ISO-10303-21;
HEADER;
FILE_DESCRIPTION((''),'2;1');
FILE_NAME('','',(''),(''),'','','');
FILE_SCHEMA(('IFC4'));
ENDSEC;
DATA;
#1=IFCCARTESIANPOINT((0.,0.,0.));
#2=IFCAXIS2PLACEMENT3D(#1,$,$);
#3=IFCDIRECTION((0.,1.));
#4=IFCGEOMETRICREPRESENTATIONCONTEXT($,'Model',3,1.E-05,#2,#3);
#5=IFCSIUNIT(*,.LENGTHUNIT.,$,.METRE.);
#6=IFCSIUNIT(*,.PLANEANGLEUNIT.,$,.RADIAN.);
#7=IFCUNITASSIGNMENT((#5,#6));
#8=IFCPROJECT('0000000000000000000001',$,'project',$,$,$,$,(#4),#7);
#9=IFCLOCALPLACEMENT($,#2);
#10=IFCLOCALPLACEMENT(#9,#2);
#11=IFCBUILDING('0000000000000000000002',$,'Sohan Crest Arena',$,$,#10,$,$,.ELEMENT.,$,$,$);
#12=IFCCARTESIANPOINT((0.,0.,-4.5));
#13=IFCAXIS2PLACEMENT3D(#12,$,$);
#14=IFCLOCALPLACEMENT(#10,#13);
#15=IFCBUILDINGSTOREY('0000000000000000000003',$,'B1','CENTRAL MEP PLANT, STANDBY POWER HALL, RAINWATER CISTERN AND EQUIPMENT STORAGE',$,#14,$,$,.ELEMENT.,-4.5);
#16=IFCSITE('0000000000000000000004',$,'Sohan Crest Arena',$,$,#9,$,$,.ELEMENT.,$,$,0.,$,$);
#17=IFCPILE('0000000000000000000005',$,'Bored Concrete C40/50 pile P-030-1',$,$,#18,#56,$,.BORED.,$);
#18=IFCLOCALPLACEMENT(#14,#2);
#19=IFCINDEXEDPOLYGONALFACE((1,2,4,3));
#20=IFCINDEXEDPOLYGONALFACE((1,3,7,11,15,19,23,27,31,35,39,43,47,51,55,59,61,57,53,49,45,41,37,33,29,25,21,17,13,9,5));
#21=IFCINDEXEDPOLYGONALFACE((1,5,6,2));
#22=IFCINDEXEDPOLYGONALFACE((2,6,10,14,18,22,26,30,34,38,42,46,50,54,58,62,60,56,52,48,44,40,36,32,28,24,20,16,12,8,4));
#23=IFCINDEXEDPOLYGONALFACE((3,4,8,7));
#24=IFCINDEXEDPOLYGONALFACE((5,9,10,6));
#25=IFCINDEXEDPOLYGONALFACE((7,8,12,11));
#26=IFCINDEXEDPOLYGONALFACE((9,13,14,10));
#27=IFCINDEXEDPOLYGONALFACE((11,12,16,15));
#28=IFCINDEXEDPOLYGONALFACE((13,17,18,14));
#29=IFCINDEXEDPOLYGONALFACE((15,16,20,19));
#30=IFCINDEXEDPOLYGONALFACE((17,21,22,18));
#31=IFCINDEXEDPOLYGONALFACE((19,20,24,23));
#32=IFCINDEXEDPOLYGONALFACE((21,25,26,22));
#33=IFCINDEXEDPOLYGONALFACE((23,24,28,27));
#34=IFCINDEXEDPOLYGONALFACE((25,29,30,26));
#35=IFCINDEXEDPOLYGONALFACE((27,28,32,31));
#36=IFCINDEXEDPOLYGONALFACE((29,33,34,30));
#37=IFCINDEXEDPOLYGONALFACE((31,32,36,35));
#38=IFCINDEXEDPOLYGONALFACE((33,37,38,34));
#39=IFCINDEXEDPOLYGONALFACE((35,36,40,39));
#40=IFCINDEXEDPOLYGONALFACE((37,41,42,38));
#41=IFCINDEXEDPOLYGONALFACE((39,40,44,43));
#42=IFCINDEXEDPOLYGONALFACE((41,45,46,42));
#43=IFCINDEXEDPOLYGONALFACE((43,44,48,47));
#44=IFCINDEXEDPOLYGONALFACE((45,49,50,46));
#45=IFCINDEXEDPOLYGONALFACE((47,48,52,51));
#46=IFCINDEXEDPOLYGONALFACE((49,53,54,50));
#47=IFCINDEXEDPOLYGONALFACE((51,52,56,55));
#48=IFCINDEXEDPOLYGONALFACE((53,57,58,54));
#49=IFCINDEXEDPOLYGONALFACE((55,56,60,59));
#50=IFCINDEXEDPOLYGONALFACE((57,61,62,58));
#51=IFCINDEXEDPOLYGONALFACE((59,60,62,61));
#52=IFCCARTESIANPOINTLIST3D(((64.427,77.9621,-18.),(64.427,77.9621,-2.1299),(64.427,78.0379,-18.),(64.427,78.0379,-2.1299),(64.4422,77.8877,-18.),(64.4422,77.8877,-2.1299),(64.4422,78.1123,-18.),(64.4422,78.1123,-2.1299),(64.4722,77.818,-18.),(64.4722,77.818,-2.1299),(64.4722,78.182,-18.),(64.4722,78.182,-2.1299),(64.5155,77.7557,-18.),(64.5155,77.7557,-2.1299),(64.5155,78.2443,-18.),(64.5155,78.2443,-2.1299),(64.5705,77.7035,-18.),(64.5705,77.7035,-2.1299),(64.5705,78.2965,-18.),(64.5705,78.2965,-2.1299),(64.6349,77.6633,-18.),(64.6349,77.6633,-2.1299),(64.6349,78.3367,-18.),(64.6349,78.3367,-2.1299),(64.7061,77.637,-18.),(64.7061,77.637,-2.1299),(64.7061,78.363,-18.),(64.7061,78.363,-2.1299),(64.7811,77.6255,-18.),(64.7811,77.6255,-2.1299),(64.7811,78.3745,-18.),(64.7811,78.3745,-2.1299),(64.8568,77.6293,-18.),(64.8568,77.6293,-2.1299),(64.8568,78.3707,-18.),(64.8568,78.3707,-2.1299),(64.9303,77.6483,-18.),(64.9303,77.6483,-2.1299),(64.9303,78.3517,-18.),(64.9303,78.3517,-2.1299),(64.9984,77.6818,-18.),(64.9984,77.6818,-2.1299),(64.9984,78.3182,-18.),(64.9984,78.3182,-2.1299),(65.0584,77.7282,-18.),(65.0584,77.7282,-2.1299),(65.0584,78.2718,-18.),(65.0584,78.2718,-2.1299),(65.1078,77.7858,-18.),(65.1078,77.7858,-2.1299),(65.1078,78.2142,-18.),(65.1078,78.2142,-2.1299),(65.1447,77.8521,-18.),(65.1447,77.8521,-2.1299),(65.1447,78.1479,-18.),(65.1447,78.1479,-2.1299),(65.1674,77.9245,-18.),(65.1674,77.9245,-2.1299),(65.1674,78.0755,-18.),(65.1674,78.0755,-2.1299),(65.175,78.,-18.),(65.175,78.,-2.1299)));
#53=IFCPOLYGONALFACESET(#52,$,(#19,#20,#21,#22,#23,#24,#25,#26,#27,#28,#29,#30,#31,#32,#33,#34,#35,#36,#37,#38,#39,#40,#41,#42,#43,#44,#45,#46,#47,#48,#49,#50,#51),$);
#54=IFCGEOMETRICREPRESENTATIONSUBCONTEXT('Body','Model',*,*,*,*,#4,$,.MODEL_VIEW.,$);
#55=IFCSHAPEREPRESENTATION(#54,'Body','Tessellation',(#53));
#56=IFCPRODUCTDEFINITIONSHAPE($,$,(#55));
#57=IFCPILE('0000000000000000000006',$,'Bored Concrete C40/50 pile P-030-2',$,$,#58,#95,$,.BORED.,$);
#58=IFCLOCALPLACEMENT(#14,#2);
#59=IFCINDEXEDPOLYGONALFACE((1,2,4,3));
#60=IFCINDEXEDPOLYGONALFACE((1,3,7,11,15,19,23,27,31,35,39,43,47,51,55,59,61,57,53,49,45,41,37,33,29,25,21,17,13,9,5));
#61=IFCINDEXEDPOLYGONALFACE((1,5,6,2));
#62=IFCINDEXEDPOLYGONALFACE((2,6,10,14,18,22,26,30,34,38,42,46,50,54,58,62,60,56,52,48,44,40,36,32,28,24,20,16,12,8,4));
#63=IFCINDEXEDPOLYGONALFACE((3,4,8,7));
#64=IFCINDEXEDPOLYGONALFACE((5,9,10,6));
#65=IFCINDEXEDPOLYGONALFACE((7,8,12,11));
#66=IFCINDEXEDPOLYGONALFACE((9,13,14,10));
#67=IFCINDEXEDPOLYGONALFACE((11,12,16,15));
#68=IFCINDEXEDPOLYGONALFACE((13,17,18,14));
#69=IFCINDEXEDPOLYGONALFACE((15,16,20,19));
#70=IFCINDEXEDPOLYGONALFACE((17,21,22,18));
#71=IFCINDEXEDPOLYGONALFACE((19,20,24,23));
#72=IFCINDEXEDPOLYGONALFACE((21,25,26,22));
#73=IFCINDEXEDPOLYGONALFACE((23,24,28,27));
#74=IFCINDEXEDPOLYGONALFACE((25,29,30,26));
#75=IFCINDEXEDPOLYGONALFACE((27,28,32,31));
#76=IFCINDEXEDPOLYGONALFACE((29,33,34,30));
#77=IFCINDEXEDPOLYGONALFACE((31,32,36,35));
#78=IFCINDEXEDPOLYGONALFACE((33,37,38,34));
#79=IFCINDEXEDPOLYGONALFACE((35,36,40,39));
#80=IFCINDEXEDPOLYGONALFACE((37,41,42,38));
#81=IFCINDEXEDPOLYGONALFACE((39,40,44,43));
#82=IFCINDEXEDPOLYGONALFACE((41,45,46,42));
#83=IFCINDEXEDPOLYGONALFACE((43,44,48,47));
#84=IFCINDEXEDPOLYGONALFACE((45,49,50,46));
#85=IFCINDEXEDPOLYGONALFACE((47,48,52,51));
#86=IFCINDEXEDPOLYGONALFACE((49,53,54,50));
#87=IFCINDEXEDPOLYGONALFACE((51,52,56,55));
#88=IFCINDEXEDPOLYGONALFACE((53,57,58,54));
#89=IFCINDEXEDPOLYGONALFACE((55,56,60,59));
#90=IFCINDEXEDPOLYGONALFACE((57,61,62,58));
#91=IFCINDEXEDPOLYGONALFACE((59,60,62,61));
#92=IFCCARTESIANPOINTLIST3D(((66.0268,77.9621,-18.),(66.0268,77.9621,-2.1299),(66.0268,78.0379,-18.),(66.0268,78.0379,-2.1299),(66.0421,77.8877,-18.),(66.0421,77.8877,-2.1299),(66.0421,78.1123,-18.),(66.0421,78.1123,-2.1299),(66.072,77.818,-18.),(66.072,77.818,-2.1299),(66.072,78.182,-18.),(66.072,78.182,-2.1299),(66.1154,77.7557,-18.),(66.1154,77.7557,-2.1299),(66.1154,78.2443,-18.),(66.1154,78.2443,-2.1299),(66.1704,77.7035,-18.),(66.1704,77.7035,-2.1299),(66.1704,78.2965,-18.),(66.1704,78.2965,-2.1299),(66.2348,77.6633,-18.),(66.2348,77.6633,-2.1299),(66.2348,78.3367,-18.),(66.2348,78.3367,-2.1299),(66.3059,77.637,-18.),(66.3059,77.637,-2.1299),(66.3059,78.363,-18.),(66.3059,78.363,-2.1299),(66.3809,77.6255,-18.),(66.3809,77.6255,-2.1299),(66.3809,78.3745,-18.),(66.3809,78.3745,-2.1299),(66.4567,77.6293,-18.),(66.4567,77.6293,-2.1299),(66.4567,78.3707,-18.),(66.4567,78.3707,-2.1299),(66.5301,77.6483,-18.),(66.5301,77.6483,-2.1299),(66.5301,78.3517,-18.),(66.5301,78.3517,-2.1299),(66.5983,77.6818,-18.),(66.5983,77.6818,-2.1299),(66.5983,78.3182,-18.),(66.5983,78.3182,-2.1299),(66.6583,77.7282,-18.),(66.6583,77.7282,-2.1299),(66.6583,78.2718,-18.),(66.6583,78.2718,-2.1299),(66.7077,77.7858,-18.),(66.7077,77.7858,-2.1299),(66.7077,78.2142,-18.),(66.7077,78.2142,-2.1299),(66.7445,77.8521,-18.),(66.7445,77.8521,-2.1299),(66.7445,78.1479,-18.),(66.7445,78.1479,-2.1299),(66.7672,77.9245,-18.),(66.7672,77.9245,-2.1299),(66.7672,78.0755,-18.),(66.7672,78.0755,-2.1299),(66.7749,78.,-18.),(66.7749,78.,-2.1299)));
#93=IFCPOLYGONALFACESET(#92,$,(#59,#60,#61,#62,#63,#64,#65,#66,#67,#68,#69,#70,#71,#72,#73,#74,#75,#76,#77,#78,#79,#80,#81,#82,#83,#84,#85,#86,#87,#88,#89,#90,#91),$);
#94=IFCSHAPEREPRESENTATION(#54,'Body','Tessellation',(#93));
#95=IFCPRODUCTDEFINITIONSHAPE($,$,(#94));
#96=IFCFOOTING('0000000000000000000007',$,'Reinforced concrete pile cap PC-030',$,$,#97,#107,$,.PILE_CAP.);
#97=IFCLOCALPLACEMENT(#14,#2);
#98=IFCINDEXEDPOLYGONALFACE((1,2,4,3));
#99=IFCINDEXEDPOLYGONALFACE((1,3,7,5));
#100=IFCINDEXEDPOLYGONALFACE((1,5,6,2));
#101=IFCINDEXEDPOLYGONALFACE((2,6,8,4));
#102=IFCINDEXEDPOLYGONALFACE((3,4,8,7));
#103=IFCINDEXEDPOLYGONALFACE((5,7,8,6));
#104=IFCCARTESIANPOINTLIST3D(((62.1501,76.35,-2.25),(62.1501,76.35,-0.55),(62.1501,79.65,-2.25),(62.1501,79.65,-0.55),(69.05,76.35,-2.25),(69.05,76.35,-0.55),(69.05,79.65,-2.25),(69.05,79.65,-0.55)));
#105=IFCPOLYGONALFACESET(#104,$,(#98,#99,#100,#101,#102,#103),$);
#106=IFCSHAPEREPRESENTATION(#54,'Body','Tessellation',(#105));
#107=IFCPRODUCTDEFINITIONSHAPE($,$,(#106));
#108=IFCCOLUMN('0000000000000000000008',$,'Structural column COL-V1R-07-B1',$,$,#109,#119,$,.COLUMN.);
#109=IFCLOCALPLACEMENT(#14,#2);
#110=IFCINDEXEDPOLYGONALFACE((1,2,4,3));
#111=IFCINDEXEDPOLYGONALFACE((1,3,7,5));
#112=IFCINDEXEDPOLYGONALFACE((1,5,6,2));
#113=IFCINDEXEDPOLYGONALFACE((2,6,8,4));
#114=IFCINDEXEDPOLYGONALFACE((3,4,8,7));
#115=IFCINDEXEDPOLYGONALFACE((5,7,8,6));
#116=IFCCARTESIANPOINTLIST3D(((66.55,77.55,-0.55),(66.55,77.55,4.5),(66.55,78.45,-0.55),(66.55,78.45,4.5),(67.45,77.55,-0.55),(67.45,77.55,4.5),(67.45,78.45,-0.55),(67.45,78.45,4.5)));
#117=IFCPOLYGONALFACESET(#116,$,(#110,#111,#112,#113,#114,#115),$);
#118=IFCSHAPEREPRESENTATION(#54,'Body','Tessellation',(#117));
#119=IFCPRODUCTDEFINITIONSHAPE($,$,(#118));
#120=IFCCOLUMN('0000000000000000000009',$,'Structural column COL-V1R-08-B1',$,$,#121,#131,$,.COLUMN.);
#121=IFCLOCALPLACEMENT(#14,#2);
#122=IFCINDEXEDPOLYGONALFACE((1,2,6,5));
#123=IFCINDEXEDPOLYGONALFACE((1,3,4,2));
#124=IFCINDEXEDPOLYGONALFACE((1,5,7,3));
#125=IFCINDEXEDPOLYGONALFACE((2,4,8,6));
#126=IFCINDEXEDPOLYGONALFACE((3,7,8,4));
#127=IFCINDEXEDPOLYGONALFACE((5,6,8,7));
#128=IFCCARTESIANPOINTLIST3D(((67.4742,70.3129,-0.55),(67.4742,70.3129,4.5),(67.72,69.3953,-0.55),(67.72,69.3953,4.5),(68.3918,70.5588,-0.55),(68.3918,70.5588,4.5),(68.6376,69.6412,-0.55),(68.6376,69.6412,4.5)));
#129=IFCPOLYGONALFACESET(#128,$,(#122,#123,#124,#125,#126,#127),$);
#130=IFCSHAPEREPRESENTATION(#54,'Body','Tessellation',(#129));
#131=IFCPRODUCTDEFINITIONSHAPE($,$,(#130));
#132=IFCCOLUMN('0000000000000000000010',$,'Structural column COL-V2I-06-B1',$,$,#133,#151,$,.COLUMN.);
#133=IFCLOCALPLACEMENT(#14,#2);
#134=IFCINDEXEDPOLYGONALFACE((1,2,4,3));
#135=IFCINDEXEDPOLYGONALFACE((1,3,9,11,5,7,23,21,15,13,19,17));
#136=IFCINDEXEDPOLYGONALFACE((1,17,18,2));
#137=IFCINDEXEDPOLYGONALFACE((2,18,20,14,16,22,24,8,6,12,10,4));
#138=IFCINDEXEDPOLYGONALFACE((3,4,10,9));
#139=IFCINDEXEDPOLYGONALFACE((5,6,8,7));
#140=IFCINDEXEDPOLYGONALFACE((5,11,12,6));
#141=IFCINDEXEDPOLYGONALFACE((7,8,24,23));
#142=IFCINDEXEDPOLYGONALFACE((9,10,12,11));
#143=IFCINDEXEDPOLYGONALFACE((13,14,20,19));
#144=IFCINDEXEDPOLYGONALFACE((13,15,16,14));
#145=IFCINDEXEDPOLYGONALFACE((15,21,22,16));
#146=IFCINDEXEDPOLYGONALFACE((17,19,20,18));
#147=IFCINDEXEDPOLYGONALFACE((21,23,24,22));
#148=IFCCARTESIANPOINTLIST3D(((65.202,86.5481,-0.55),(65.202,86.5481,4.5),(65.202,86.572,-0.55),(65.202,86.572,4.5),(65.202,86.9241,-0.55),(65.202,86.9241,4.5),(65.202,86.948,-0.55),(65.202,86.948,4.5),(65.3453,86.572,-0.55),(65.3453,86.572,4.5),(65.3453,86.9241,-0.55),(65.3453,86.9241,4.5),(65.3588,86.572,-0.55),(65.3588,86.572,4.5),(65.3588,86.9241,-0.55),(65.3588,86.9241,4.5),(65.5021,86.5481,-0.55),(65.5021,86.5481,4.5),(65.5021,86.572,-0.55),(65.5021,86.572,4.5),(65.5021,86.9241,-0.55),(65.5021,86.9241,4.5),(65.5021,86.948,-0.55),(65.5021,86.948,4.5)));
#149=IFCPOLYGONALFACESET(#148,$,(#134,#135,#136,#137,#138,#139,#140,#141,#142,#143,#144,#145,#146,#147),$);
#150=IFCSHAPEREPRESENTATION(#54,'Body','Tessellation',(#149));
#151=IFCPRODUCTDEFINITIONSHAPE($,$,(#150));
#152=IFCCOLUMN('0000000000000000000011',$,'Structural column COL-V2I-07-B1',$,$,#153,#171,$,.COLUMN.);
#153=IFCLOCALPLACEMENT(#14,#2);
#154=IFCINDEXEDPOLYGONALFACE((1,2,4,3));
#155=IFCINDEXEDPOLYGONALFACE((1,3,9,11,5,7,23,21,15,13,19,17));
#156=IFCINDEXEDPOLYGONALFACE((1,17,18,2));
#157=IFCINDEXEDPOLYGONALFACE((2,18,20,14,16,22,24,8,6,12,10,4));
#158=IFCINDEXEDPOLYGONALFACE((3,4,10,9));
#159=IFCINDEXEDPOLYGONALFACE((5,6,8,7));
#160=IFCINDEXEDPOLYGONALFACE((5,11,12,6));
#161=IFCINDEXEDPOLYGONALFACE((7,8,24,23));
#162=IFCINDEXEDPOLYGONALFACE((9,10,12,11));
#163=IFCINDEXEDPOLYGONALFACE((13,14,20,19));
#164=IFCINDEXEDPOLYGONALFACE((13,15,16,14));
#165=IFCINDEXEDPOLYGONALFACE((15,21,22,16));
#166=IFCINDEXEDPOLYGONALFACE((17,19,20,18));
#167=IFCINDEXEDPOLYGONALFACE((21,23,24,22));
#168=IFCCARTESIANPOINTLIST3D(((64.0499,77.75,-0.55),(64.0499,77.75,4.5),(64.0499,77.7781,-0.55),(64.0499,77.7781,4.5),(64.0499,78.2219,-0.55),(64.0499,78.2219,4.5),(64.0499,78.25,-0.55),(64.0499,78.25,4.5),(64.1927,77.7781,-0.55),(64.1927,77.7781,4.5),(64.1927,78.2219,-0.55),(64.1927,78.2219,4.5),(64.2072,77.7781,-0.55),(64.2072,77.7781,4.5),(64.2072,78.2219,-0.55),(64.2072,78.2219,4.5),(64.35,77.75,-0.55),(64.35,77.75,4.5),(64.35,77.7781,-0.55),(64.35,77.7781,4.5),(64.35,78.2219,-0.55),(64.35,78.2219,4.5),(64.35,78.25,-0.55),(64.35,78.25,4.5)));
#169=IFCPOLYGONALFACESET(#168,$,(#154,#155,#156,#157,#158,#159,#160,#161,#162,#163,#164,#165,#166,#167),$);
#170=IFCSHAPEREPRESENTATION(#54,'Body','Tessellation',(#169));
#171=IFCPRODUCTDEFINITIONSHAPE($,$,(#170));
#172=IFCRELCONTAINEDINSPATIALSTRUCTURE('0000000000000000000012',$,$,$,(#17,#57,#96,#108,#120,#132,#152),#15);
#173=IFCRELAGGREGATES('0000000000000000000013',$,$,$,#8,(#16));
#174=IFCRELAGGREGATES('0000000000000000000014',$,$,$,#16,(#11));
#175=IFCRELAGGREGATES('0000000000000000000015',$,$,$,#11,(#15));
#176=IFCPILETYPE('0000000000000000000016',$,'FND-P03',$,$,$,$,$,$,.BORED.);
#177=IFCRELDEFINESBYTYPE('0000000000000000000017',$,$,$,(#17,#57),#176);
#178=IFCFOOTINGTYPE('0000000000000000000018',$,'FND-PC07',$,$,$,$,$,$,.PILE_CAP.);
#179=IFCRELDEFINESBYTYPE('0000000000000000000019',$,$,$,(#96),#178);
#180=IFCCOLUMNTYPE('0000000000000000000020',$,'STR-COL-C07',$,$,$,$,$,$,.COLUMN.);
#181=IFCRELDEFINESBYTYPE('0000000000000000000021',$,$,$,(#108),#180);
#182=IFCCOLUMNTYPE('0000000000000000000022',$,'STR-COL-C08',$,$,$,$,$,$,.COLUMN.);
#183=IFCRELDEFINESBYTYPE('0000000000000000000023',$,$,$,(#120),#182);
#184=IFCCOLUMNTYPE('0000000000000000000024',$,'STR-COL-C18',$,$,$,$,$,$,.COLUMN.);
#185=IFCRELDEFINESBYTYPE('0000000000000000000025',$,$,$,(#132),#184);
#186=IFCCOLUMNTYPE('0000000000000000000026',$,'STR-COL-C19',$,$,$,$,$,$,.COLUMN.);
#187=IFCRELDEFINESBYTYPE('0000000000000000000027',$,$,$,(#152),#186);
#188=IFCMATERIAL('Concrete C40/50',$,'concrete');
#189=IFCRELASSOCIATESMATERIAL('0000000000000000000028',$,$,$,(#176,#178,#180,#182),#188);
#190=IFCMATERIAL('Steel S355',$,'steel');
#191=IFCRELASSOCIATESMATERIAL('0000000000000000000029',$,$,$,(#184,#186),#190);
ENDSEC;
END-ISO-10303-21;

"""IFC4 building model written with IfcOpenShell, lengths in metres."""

from ifc_helpers import new_model, si_unit, direction, frame, origin, origin_2d, place, context, subcontext, project, spatial, rectangle, circle, i_section, extrude, material, material_profile, profile_set, type_object, element, save


model = new_model("IFC4")

# Units and contexts
model_context = context("Model", 3, precision=1e-05, world=origin(), true_north=direction((0.0, 1.0)))
body_context = subcontext(model_context, "Body", "Model", "MODEL_VIEW")
ifc_project = project(units=[si_unit("LENGTHUNIT", "METRE"), si_unit("PLANEANGLEUNIT", "RADIAN")], contexts=[model_context])

# Site, building, storey
site_placement = place(None, origin())
site = spatial("IfcSite", under=ifc_project, at=site_placement, Name="Sohan Crest Arena", CompositionType="ELEMENT", RefElevation=0.0)
building_placement = place(site_placement, origin())
building = spatial("IfcBuilding", under=site, at=building_placement, Name="Sohan Crest Arena", CompositionType="ELEMENT")
storey_placement = place(building_placement, frame((0.0, 0.0, -4.5)))
storey = spatial("IfcBuildingStorey", under=building, at=storey_placement, Name="B1", Description="CENTRAL MEP PLANT, STANDBY POWER HALL, RAINWATER CISTERN AND EQUIPMENT STORAGE", CompositionType="ELEMENT", Elevation=-4.5)

# Piles
ifc_material_1 = material(Name="Concrete C40/50", Category="concrete")
ifc_material_profile_1 = material_profile(ifc_material_1, circle(Radius=0.375, at=origin_2d()), Name="PILE D750")
ifc_profile_set_1 = profile_set([ifc_material_profile_1], Name="Concrete C40/50")
pile_type = type_object("IfcPileType", Name="FND-P03", PredefinedType="BORED", material=ifc_profile_set_1)
for number, where, z_axis, x_axis, name in (
    (1, (64.8, 78.0, -18.0), (0.0, 0.0, 1.0), (1.0, 0.0, 0.0), "Bored Concrete C40/50 pile P-030-1"),
    (2, (66.3999, 78.0, -18.0), (0.0, 0.0, 1.0), (1.0, 0.0, 0.0), "Bored Concrete C40/50 pile P-030-2"),
):
    element("IfcPile", number, at=place(storey_placement, frame(where, z_axis=z_axis, x_axis=x_axis)), inside=storey, type_object=pile_type, Name=name, PredefinedType="BORED", context=body_context, shape_type="SweptSolid", body=[
        extrude(circle(Radius=0.375, at=origin_2d()), origin(), (0.0, 0.0, 1.0), 15.8701),
    ])

# Footing
footing_type = type_object("IfcFootingType", Name="FND-PC07", PredefinedType="PILE_CAP", material=ifc_material_1)
footing_placement = place(storey_placement, frame((65.6001, 78.0, -2.25), z_axis=(0.0, 0.0, 1.0), x_axis=(1.0, 0.0, 0.0)))
element("IfcFooting", 3, at=footing_placement, inside=storey, type_object=footing_type, Name="Reinforced concrete pile cap PC-030", PredefinedType="PILE_CAP", context=body_context, shape_type="SweptSolid", body=[
    extrude(rectangle(XDim=6.8999, YDim=3.3, at=origin_2d()), origin(), (0.0, 0.0, 1.0), 1.7),
])

# Columns
ifc_material_profile_2 = material_profile(ifc_material_1, rectangle(XDim=0.8999, YDim=0.8999, at=origin_2d()), Name="RC 900x900")
ifc_profile_set_2 = profile_set([ifc_material_profile_2], Name="Concrete C40/50")
column_type_1 = type_object("IfcColumnType", Name="STR-COL-C07", PredefinedType="COLUMN", material=ifc_profile_set_2)
column_1_placement = place(storey_placement, frame((67.0, 78.0, -0.55), z_axis=(0.0, 0.0, 1.0), x_axis=(1.0, 0.0, 0.0)))
element("IfcColumn", 4, at=column_1_placement, inside=storey, type_object=column_type_1, Name="Structural column COL-V1R-07-B1", PredefinedType="COLUMN", context=body_context, shape_type="SweptSolid", body=[
    extrude(rectangle(XDim=0.8999, YDim=0.8999, at=origin_2d()), origin(), (0.0, 0.0, 1.0), 5.05),
])
ifc_material_profile_3 = material_profile(ifc_material_1, rectangle(XDim=0.95, YDim=0.95, at=origin_2d()), Name="RC 950x950")
ifc_profile_set_3 = profile_set([ifc_material_profile_3], Name="Concrete C40/50")
column_type_2 = type_object("IfcColumnType", Name="STR-COL-C08", PredefinedType="COLUMN", material=ifc_profile_set_3)
column_2_placement = place(storey_placement, frame((68.0559, 69.9771, -0.55), z_axis=(0.0, 0.0, 1.0), x_axis=(0.965926, 0.258819, 0.0)))
element("IfcColumn", 5, at=column_2_placement, inside=storey, type_object=column_type_2, Name="Structural column COL-V1R-08-B1", PredefinedType="COLUMN", context=body_context, shape_type="SweptSolid", body=[
    extrude(rectangle(XDim=0.95, YDim=0.95, at=origin_2d()), origin(), (0.0, 0.0, 1.0), 5.05),
])
ifc_material_2 = material(Name="Steel S355", Category="steel")
ifc_material_profile_4 = material_profile(ifc_material_2, i_section(OverallWidth=0.3, OverallDepth=0.3999, WebThickness=0.0134, FlangeThickness=0.0239, at=origin_2d()), Name="HEB 400")
ifc_profile_set_4 = profile_set([ifc_material_profile_4], Name="Steel S355")
column_type_3 = type_object("IfcColumnType", Name="STR-COL-C18", PredefinedType="COLUMN", material=ifc_profile_set_4)
column_3_placement = place(storey_placement, frame((65.3521, 86.748, -0.55), z_axis=(0.0, 0.0, 1.0), x_axis=(1.0, 0.0, 0.0)))
element("IfcColumn", 6, at=column_3_placement, inside=storey, type_object=column_type_3, Name="Structural column COL-V2I-06-B1", PredefinedType="COLUMN", context=body_context, shape_type="SweptSolid", body=[
    extrude(i_section(OverallWidth=0.3, OverallDepth=0.3999, WebThickness=0.0134, FlangeThickness=0.0239, at=origin_2d()), origin(), (0.0, 0.0, 1.0), 5.05),
])
ifc_material_profile_5 = material_profile(ifc_material_2, i_section(OverallWidth=0.3, OverallDepth=0.5, WebThickness=0.0144, FlangeThickness=0.0281, at=origin_2d()), Name="HEB 500")
ifc_profile_set_5 = profile_set([ifc_material_profile_5], Name="Steel S355")
column_type_4 = type_object("IfcColumnType", Name="STR-COL-C19", PredefinedType="COLUMN", material=ifc_profile_set_5)
column_4_placement = place(storey_placement, frame((64.2, 78.0, -0.55), z_axis=(0.0, 0.0, 1.0), x_axis=(1.0, 0.0, 0.0)))
element("IfcColumn", 7, at=column_4_placement, inside=storey, type_object=column_type_4, Name="Structural column COL-V2I-07-B1", PredefinedType="COLUMN", context=body_context, shape_type="SweptSolid", body=[
    extrude(i_section(OverallWidth=0.3, OverallDepth=0.5, WebThickness=0.0144, FlangeThickness=0.0281, at=origin_2d()), origin(), (0.0, 0.0, 1.0), 5.05),
])

save(model, "model.ifc")
